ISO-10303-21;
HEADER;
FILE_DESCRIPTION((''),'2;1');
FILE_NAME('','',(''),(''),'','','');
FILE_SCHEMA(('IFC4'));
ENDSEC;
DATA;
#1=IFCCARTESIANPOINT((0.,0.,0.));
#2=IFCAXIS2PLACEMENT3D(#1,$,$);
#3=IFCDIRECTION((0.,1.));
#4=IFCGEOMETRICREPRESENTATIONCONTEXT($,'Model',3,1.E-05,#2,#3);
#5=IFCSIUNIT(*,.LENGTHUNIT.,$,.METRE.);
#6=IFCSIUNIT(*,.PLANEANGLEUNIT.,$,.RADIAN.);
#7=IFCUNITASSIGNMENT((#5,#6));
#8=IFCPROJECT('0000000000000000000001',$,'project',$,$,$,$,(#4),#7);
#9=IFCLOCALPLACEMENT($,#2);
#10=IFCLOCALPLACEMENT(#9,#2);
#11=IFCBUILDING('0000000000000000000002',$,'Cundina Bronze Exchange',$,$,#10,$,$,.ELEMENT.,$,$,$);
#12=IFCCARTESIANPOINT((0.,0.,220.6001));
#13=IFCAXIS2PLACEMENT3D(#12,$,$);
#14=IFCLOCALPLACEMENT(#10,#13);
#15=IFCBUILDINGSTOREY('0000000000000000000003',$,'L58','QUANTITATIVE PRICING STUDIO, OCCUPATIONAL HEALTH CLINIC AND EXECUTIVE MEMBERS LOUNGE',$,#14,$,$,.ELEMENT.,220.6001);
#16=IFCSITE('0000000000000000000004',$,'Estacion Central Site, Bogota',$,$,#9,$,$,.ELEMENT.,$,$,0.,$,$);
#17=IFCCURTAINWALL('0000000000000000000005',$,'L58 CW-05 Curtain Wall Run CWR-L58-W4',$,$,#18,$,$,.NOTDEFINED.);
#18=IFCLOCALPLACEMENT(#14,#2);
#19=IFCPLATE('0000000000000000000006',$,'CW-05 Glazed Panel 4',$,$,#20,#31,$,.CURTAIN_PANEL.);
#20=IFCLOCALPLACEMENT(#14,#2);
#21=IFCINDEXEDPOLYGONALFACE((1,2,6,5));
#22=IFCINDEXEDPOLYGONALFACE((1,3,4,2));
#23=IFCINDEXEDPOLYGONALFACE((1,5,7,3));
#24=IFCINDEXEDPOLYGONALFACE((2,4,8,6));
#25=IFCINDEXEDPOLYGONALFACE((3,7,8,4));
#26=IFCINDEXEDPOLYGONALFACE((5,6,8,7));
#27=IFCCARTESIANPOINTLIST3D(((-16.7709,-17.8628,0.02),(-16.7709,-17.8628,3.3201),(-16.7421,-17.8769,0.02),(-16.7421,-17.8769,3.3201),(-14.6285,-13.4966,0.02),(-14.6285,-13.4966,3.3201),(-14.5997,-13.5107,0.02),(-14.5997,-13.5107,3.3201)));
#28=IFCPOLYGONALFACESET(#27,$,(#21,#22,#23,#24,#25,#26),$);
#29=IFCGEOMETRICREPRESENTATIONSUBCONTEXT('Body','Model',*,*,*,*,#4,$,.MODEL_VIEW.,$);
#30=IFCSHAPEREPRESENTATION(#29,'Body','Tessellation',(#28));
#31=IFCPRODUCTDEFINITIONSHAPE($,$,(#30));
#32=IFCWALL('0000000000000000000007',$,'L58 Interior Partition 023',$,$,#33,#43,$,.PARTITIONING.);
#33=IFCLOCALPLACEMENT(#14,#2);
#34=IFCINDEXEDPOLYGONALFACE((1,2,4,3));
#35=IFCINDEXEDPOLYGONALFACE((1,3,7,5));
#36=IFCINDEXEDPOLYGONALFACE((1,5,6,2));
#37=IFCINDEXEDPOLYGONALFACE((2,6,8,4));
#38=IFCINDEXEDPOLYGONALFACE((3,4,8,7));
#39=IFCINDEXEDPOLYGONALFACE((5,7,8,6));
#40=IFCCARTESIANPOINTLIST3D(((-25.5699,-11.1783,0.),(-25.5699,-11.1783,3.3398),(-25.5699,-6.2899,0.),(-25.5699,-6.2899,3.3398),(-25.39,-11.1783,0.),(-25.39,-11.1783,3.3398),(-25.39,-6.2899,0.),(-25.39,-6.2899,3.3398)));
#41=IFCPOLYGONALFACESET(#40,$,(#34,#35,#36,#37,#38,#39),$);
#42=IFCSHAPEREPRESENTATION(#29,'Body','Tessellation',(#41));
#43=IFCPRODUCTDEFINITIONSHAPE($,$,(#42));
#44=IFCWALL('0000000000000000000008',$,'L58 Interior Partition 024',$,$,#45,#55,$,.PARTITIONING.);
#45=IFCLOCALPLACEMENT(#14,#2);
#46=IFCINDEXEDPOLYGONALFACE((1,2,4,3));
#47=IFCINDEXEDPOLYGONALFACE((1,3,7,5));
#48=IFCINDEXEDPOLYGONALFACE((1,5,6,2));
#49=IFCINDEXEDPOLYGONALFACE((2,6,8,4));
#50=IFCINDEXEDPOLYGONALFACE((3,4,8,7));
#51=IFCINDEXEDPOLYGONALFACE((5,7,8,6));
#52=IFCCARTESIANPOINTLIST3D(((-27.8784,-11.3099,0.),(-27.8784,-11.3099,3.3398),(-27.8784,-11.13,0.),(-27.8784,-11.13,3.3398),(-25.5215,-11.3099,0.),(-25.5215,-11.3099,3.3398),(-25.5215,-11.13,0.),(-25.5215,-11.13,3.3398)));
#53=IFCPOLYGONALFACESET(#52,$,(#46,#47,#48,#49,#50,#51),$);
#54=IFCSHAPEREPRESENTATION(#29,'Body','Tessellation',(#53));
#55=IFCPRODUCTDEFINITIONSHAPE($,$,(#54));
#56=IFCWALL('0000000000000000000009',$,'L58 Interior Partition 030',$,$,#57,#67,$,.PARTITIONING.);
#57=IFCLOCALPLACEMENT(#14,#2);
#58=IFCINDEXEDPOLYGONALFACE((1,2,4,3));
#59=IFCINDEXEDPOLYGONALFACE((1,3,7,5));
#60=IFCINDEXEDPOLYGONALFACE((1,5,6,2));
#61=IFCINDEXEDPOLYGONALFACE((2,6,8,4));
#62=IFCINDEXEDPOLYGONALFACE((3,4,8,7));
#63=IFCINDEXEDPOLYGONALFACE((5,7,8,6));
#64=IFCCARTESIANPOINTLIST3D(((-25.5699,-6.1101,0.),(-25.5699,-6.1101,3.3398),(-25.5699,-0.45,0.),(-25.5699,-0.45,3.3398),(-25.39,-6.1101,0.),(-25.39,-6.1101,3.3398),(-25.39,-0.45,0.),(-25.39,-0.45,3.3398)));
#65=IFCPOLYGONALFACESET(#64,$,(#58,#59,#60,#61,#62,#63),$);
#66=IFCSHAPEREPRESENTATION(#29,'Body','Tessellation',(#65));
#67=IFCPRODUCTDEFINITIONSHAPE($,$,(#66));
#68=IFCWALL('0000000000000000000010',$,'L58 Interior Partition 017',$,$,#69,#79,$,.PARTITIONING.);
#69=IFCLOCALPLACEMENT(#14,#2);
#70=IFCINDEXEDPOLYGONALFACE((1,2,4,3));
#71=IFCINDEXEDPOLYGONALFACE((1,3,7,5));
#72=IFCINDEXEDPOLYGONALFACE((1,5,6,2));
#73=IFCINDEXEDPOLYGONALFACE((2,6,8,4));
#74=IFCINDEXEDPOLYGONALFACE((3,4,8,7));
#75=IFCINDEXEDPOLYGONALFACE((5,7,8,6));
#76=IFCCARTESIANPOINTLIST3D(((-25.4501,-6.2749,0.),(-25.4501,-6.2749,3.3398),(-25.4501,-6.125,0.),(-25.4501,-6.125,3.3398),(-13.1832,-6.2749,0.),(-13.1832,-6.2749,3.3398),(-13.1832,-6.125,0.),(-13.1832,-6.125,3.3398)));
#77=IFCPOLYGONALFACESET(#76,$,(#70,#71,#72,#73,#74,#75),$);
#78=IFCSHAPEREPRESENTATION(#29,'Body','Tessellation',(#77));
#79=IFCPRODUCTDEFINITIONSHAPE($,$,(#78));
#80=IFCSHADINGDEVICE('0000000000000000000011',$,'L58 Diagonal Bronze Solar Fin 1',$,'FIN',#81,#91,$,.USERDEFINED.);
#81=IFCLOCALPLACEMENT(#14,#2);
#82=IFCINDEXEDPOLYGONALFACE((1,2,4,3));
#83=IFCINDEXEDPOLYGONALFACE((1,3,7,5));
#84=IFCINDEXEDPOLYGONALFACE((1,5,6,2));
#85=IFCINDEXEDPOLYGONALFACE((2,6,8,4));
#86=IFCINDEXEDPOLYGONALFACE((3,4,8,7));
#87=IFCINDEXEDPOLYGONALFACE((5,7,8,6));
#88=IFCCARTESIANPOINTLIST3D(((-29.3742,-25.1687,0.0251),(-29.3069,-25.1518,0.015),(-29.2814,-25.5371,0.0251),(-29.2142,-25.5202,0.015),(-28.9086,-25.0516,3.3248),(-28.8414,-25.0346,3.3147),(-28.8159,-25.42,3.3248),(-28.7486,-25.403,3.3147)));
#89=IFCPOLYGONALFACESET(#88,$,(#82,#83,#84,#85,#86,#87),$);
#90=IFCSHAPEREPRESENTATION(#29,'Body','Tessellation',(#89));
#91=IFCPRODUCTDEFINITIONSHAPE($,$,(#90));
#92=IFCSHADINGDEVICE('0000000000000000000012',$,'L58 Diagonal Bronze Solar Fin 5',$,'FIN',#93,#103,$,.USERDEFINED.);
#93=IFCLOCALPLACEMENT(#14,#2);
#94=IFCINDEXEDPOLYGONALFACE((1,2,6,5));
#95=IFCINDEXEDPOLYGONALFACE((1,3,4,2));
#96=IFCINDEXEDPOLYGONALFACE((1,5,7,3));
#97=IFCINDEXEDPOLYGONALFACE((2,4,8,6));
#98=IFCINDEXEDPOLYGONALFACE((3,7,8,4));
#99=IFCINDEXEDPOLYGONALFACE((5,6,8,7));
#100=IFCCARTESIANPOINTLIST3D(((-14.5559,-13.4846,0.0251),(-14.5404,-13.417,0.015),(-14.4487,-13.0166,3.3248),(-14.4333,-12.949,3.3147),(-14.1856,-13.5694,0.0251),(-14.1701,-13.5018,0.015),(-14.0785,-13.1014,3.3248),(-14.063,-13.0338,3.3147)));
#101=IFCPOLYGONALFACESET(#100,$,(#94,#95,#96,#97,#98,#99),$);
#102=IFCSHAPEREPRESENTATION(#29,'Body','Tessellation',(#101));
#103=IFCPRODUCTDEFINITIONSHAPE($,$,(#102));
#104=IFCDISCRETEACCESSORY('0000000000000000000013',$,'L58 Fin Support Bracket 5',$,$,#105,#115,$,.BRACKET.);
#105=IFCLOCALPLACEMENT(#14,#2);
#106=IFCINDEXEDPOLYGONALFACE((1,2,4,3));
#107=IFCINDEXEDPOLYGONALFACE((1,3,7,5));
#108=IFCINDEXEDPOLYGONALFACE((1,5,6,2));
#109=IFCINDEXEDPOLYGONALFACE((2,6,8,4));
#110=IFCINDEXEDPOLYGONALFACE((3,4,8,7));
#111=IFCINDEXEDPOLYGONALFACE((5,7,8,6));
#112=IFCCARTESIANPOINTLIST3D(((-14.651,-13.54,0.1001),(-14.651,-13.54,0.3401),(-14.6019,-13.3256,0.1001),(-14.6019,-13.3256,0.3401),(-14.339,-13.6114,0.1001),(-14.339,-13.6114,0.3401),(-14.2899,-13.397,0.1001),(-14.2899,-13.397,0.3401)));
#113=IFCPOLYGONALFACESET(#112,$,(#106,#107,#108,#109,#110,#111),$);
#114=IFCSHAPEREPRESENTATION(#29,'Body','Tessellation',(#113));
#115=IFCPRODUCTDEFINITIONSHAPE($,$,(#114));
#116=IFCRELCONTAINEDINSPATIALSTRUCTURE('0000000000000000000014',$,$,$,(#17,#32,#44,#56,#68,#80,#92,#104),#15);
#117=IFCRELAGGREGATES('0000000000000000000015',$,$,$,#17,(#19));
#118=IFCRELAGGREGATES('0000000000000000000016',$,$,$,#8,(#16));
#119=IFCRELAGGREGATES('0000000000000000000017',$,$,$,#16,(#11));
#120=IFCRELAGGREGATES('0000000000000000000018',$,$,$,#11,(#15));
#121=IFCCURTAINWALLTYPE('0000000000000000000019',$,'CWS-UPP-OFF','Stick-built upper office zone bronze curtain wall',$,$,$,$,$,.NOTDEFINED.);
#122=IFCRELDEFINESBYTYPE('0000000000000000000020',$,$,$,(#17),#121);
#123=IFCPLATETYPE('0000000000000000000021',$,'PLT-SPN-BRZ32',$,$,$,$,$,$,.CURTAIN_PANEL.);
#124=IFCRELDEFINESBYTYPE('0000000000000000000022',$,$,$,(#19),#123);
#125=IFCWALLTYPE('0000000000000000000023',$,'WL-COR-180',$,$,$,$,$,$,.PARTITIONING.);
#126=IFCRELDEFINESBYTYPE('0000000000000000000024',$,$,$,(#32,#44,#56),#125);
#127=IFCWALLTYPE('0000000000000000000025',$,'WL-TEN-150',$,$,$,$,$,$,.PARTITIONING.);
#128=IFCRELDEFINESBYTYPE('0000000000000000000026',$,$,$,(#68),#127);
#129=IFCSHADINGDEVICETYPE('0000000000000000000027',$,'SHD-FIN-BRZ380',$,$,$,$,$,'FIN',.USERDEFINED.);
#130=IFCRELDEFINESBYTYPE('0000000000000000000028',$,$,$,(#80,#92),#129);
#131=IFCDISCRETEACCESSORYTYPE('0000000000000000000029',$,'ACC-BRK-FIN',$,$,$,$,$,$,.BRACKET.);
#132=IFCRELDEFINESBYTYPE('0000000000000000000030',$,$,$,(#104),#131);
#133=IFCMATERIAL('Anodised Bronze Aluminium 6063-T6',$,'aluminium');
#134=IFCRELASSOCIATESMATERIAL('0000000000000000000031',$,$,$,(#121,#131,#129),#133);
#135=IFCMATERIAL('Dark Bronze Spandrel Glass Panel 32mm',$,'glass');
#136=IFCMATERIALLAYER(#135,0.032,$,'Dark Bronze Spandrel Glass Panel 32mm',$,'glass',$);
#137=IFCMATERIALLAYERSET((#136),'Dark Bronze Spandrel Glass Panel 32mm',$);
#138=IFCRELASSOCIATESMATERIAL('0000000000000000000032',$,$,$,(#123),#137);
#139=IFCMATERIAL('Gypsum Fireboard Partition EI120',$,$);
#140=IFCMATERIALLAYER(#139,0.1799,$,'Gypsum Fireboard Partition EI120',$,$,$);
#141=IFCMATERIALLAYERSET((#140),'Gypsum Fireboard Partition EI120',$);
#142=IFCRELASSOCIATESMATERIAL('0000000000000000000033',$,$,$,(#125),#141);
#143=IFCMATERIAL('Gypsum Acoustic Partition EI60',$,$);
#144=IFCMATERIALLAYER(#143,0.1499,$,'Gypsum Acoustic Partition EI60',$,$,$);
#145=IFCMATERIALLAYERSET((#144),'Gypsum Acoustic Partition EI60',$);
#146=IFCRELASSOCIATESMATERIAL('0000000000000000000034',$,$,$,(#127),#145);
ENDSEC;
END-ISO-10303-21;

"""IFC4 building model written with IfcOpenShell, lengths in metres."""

from ifc_helpers import new_model, si_unit, direction, frame, frame_2d, origin, origin_2d, place, context, subcontext, project, spatial, rectangle, extrude, material, layer, layer_set, material_profile, profile_set, type_object, element, aggregate, save


model = new_model("IFC4")

# Units and contexts
model_context = context("Model", 3, precision=1e-05, world=origin(), true_north=direction((0.0, 1.0)))
body_context = subcontext(model_context, "Body", "Model", "MODEL_VIEW")
ifc_project = project(units=[si_unit("LENGTHUNIT", "METRE"), si_unit("PLANEANGLEUNIT", "RADIAN")], contexts=[model_context])

# Site, building, storey
site_placement = place(None, origin())
site = spatial("IfcSite", under=ifc_project, at=site_placement, Name="Estacion Central Site, Bogota", CompositionType="ELEMENT", RefElevation=0.0)
building_placement = place(site_placement, origin())
building = spatial("IfcBuilding", under=site, at=building_placement, Name="Cundina Bronze Exchange", CompositionType="ELEMENT")
storey_placement = place(building_placement, frame((0.0, 0.0, 220.6001)))
storey = spatial("IfcBuildingStorey", under=building, at=storey_placement, Name="L58", Description="QUANTITATIVE PRICING STUDIO, OCCUPATIONAL HEALTH CLINIC AND EXECUTIVE MEMBERS LOUNGE", CompositionType="ELEMENT", Elevation=220.6001)

# Curtain wall, plate
ifc_material_1 = material(Name="Anodised Bronze Aluminium 6063-T6", Category="aluminium")
curtain_wall_type = type_object("IfcCurtainWallType", Name="CWS-UPP-OFF", Description="Stick-built upper office zone bronze curtain wall", PredefinedType="NOTDEFINED", material=ifc_material_1)
curtain_wall_placement = place(storey_placement, origin())
curtain_wall = element("IfcCurtainWall", 1, at=curtain_wall_placement, inside=storey, type_object=curtain_wall_type, Name="L58 CW-05 Curtain Wall Run CWR-L58-W4", PredefinedType="NOTDEFINED")
ifc_material_2 = material(Name="Dark Bronze Spandrel Glass Panel 32mm", Category="glass")
ifc_layer_1 = layer(ifc_material_2, 0.032, Name="Dark Bronze Spandrel Glass Panel 32mm", Category="glass")
ifc_layer_set_1 = layer_set([ifc_layer_1], Name="Dark Bronze Spandrel Glass Panel 32mm")
plate_type_1 = type_object("IfcPlateType", Name="PLT-SPN-BRZ32", PredefinedType="CURTAIN_PANEL", material=ifc_layer_set_1)
plate_1_placement = place(storey_placement, frame((-15.6853, -15.6868, 0.02), z_axis=(0.0, 0.0, 1.0), x_axis=(0.440503, 0.897751, 0.0)))
plate_1 = element("IfcPlate", 2, at=plate_1_placement, type_object=plate_type_1, Name="CW-05 Glazed Panel 4", PredefinedType="CURTAIN_PANEL", context=body_context, shape_type="SweptSolid", body=[
    extrude(rectangle(XDim=4.8635, YDim=0.032, at=origin_2d()), origin(), (0.0, 0.0, 1.0), 3.3),
])
aggregate(curtain_wall, [plate_1])

# Shared definitions
ifc_material_3 = material(Name="Gypsum Fireboard Partition EI120")
ifc_layer_2 = layer(ifc_material_3, 0.1799, Name="Gypsum Fireboard Partition EI120")
ifc_layer_set_2 = layer_set([ifc_layer_2], Name="Gypsum Fireboard Partition EI120")
wall_type_1 = type_object("IfcWallType", Name="WL-COR-180", PredefinedType="PARTITIONING", material=ifc_layer_set_2)

# Walls
wall_1_placement = place(storey_placement, frame((-25.48, -11.1785, 0.0), z_axis=(0.0, 0.0, 1.0), x_axis=(0.0, 1.0, 0.0)))
element("IfcWall", 3, at=wall_1_placement, inside=storey, type_object=wall_type_1, Name="L58 Interior Partition 023", PredefinedType="PARTITIONING", context=body_context, shape_type="SweptSolid", body=[
    extrude(rectangle(XDim=4.8884, YDim=0.1799, at=frame_2d((2.4443, 0.0))), origin(), (0.0, 0.0, 1.0), 3.3398),
])
wall_2_placement = place(storey_placement, frame((-27.8784, -11.22, 0.0), z_axis=(0.0, 0.0, 1.0), x_axis=(1.0, 0.0, 0.0)))
element("IfcWall", 4, at=wall_2_placement, inside=storey, type_object=wall_type_1, Name="L58 Interior Partition 024", PredefinedType="PARTITIONING", context=body_context, shape_type="SweptSolid", body=[
    extrude(rectangle(XDim=2.3569, YDim=0.1799, at=frame_2d((1.1785, 0.0))), origin(), (0.0, 0.0, 1.0), 3.3398),
])
wall_3_placement = place(storey_placement, frame((-25.48, -6.1101, 0.0), z_axis=(0.0, 0.0, 1.0), x_axis=(0.0, 1.0, 0.0)))
element("IfcWall", 5, at=wall_3_placement, inside=storey, type_object=wall_type_1, Name="L58 Interior Partition 030", PredefinedType="PARTITIONING", context=body_context, shape_type="SweptSolid", body=[
    extrude(rectangle(XDim=5.6602, YDim=0.1799, at=frame_2d((2.8301, 0.0))), origin(), (0.0, 0.0, 1.0), 3.3398),
])
ifc_material_4 = material(Name="Gypsum Acoustic Partition EI60")
ifc_layer_3 = layer(ifc_material_4, 0.1499, Name="Gypsum Acoustic Partition EI60")
ifc_layer_set_3 = layer_set([ifc_layer_3], Name="Gypsum Acoustic Partition EI60")
wall_type_2 = type_object("IfcWallType", Name="WL-TEN-150", PredefinedType="PARTITIONING", material=ifc_layer_set_3)
wall_4_placement = place(storey_placement, frame((-25.45, -6.2, 0.0), z_axis=(0.0, 0.0, 1.0), x_axis=(1.0, 0.0, 0.0)))
element("IfcWall", 6, at=wall_4_placement, inside=storey, type_object=wall_type_2, Name="L58 Interior Partition 017", PredefinedType="PARTITIONING", context=body_context, shape_type="SweptSolid", body=[
    extrude(rectangle(XDim=12.2668, YDim=0.1499, at=frame_2d((6.1333, 0.0))), origin(), (0.0, 0.0, 1.0), 3.3398),
])

# Shading devices
ifc_material_profile_1 = material_profile(ifc_material_1, rectangle(XDim=0.0701, YDim=0.3799, at=origin_2d()), Name="FIN70X380", Category="aluminium")
ifc_profile_set_1 = profile_set([ifc_material_profile_1], Name="Anodised Bronze Aluminium 6063-T6")
shading_device_type = type_object("IfcShadingDeviceType", Name="SHD-FIN-BRZ380", ElementType="FIN", PredefinedType="USERDEFINED", material=ifc_profile_set_1)
for number, where, z_axis, x_axis, name in (
    (7, (-29.2942, -25.3445, 0.02), (0.139622, 0.035143, 0.989581), (-0.959649, -0.241548, 0.143977), "L58 Diagonal Bronze Solar Fin 1"),
    (8, (-14.363, -13.4932, 0.02), (0.032142, 0.140354, 0.98958), (-0.220899, -0.964609, 0.143987), "L58 Diagonal Bronze Solar Fin 5"),
):
    element("IfcShadingDevice", number, at=place(storey_placement, frame(where, z_axis=z_axis, x_axis=x_axis)), inside=storey, type_object=shading_device_type, Name=name, ObjectType="FIN", PredefinedType="USERDEFINED", context=body_context, shape_type="SweptSolid", body=[
        extrude(rectangle(XDim=0.0701, YDim=0.3799, at=origin_2d()), origin(), (0.0, 0.0, 1.0), 3.3345),
    ])

# Discrete accessory
discrete_accessory_type = type_object("IfcDiscreteAccessoryType", Name="ACC-BRK-FIN", PredefinedType="BRACKET", material=ifc_material_1)
discrete_accessory_placement = place(storey_placement, frame((-14.4705, -13.4685, 0.1001), z_axis=(0.0, 0.0, 1.0), x_axis=(0.223284, 0.974753, 0.0)))
element("IfcDiscreteAccessory", 9, at=discrete_accessory_placement, inside=storey, type_object=discrete_accessory_type, Name="L58 Fin Support Bracket 5", PredefinedType="BRACKET", context=body_context, shape_type="SweptSolid", body=[
    extrude(rectangle(XDim=0.22, YDim=0.3201, at=origin_2d()), origin(), (0.0, 0.0, 1.0), 0.24),
])

save(model, "model.ifc")
